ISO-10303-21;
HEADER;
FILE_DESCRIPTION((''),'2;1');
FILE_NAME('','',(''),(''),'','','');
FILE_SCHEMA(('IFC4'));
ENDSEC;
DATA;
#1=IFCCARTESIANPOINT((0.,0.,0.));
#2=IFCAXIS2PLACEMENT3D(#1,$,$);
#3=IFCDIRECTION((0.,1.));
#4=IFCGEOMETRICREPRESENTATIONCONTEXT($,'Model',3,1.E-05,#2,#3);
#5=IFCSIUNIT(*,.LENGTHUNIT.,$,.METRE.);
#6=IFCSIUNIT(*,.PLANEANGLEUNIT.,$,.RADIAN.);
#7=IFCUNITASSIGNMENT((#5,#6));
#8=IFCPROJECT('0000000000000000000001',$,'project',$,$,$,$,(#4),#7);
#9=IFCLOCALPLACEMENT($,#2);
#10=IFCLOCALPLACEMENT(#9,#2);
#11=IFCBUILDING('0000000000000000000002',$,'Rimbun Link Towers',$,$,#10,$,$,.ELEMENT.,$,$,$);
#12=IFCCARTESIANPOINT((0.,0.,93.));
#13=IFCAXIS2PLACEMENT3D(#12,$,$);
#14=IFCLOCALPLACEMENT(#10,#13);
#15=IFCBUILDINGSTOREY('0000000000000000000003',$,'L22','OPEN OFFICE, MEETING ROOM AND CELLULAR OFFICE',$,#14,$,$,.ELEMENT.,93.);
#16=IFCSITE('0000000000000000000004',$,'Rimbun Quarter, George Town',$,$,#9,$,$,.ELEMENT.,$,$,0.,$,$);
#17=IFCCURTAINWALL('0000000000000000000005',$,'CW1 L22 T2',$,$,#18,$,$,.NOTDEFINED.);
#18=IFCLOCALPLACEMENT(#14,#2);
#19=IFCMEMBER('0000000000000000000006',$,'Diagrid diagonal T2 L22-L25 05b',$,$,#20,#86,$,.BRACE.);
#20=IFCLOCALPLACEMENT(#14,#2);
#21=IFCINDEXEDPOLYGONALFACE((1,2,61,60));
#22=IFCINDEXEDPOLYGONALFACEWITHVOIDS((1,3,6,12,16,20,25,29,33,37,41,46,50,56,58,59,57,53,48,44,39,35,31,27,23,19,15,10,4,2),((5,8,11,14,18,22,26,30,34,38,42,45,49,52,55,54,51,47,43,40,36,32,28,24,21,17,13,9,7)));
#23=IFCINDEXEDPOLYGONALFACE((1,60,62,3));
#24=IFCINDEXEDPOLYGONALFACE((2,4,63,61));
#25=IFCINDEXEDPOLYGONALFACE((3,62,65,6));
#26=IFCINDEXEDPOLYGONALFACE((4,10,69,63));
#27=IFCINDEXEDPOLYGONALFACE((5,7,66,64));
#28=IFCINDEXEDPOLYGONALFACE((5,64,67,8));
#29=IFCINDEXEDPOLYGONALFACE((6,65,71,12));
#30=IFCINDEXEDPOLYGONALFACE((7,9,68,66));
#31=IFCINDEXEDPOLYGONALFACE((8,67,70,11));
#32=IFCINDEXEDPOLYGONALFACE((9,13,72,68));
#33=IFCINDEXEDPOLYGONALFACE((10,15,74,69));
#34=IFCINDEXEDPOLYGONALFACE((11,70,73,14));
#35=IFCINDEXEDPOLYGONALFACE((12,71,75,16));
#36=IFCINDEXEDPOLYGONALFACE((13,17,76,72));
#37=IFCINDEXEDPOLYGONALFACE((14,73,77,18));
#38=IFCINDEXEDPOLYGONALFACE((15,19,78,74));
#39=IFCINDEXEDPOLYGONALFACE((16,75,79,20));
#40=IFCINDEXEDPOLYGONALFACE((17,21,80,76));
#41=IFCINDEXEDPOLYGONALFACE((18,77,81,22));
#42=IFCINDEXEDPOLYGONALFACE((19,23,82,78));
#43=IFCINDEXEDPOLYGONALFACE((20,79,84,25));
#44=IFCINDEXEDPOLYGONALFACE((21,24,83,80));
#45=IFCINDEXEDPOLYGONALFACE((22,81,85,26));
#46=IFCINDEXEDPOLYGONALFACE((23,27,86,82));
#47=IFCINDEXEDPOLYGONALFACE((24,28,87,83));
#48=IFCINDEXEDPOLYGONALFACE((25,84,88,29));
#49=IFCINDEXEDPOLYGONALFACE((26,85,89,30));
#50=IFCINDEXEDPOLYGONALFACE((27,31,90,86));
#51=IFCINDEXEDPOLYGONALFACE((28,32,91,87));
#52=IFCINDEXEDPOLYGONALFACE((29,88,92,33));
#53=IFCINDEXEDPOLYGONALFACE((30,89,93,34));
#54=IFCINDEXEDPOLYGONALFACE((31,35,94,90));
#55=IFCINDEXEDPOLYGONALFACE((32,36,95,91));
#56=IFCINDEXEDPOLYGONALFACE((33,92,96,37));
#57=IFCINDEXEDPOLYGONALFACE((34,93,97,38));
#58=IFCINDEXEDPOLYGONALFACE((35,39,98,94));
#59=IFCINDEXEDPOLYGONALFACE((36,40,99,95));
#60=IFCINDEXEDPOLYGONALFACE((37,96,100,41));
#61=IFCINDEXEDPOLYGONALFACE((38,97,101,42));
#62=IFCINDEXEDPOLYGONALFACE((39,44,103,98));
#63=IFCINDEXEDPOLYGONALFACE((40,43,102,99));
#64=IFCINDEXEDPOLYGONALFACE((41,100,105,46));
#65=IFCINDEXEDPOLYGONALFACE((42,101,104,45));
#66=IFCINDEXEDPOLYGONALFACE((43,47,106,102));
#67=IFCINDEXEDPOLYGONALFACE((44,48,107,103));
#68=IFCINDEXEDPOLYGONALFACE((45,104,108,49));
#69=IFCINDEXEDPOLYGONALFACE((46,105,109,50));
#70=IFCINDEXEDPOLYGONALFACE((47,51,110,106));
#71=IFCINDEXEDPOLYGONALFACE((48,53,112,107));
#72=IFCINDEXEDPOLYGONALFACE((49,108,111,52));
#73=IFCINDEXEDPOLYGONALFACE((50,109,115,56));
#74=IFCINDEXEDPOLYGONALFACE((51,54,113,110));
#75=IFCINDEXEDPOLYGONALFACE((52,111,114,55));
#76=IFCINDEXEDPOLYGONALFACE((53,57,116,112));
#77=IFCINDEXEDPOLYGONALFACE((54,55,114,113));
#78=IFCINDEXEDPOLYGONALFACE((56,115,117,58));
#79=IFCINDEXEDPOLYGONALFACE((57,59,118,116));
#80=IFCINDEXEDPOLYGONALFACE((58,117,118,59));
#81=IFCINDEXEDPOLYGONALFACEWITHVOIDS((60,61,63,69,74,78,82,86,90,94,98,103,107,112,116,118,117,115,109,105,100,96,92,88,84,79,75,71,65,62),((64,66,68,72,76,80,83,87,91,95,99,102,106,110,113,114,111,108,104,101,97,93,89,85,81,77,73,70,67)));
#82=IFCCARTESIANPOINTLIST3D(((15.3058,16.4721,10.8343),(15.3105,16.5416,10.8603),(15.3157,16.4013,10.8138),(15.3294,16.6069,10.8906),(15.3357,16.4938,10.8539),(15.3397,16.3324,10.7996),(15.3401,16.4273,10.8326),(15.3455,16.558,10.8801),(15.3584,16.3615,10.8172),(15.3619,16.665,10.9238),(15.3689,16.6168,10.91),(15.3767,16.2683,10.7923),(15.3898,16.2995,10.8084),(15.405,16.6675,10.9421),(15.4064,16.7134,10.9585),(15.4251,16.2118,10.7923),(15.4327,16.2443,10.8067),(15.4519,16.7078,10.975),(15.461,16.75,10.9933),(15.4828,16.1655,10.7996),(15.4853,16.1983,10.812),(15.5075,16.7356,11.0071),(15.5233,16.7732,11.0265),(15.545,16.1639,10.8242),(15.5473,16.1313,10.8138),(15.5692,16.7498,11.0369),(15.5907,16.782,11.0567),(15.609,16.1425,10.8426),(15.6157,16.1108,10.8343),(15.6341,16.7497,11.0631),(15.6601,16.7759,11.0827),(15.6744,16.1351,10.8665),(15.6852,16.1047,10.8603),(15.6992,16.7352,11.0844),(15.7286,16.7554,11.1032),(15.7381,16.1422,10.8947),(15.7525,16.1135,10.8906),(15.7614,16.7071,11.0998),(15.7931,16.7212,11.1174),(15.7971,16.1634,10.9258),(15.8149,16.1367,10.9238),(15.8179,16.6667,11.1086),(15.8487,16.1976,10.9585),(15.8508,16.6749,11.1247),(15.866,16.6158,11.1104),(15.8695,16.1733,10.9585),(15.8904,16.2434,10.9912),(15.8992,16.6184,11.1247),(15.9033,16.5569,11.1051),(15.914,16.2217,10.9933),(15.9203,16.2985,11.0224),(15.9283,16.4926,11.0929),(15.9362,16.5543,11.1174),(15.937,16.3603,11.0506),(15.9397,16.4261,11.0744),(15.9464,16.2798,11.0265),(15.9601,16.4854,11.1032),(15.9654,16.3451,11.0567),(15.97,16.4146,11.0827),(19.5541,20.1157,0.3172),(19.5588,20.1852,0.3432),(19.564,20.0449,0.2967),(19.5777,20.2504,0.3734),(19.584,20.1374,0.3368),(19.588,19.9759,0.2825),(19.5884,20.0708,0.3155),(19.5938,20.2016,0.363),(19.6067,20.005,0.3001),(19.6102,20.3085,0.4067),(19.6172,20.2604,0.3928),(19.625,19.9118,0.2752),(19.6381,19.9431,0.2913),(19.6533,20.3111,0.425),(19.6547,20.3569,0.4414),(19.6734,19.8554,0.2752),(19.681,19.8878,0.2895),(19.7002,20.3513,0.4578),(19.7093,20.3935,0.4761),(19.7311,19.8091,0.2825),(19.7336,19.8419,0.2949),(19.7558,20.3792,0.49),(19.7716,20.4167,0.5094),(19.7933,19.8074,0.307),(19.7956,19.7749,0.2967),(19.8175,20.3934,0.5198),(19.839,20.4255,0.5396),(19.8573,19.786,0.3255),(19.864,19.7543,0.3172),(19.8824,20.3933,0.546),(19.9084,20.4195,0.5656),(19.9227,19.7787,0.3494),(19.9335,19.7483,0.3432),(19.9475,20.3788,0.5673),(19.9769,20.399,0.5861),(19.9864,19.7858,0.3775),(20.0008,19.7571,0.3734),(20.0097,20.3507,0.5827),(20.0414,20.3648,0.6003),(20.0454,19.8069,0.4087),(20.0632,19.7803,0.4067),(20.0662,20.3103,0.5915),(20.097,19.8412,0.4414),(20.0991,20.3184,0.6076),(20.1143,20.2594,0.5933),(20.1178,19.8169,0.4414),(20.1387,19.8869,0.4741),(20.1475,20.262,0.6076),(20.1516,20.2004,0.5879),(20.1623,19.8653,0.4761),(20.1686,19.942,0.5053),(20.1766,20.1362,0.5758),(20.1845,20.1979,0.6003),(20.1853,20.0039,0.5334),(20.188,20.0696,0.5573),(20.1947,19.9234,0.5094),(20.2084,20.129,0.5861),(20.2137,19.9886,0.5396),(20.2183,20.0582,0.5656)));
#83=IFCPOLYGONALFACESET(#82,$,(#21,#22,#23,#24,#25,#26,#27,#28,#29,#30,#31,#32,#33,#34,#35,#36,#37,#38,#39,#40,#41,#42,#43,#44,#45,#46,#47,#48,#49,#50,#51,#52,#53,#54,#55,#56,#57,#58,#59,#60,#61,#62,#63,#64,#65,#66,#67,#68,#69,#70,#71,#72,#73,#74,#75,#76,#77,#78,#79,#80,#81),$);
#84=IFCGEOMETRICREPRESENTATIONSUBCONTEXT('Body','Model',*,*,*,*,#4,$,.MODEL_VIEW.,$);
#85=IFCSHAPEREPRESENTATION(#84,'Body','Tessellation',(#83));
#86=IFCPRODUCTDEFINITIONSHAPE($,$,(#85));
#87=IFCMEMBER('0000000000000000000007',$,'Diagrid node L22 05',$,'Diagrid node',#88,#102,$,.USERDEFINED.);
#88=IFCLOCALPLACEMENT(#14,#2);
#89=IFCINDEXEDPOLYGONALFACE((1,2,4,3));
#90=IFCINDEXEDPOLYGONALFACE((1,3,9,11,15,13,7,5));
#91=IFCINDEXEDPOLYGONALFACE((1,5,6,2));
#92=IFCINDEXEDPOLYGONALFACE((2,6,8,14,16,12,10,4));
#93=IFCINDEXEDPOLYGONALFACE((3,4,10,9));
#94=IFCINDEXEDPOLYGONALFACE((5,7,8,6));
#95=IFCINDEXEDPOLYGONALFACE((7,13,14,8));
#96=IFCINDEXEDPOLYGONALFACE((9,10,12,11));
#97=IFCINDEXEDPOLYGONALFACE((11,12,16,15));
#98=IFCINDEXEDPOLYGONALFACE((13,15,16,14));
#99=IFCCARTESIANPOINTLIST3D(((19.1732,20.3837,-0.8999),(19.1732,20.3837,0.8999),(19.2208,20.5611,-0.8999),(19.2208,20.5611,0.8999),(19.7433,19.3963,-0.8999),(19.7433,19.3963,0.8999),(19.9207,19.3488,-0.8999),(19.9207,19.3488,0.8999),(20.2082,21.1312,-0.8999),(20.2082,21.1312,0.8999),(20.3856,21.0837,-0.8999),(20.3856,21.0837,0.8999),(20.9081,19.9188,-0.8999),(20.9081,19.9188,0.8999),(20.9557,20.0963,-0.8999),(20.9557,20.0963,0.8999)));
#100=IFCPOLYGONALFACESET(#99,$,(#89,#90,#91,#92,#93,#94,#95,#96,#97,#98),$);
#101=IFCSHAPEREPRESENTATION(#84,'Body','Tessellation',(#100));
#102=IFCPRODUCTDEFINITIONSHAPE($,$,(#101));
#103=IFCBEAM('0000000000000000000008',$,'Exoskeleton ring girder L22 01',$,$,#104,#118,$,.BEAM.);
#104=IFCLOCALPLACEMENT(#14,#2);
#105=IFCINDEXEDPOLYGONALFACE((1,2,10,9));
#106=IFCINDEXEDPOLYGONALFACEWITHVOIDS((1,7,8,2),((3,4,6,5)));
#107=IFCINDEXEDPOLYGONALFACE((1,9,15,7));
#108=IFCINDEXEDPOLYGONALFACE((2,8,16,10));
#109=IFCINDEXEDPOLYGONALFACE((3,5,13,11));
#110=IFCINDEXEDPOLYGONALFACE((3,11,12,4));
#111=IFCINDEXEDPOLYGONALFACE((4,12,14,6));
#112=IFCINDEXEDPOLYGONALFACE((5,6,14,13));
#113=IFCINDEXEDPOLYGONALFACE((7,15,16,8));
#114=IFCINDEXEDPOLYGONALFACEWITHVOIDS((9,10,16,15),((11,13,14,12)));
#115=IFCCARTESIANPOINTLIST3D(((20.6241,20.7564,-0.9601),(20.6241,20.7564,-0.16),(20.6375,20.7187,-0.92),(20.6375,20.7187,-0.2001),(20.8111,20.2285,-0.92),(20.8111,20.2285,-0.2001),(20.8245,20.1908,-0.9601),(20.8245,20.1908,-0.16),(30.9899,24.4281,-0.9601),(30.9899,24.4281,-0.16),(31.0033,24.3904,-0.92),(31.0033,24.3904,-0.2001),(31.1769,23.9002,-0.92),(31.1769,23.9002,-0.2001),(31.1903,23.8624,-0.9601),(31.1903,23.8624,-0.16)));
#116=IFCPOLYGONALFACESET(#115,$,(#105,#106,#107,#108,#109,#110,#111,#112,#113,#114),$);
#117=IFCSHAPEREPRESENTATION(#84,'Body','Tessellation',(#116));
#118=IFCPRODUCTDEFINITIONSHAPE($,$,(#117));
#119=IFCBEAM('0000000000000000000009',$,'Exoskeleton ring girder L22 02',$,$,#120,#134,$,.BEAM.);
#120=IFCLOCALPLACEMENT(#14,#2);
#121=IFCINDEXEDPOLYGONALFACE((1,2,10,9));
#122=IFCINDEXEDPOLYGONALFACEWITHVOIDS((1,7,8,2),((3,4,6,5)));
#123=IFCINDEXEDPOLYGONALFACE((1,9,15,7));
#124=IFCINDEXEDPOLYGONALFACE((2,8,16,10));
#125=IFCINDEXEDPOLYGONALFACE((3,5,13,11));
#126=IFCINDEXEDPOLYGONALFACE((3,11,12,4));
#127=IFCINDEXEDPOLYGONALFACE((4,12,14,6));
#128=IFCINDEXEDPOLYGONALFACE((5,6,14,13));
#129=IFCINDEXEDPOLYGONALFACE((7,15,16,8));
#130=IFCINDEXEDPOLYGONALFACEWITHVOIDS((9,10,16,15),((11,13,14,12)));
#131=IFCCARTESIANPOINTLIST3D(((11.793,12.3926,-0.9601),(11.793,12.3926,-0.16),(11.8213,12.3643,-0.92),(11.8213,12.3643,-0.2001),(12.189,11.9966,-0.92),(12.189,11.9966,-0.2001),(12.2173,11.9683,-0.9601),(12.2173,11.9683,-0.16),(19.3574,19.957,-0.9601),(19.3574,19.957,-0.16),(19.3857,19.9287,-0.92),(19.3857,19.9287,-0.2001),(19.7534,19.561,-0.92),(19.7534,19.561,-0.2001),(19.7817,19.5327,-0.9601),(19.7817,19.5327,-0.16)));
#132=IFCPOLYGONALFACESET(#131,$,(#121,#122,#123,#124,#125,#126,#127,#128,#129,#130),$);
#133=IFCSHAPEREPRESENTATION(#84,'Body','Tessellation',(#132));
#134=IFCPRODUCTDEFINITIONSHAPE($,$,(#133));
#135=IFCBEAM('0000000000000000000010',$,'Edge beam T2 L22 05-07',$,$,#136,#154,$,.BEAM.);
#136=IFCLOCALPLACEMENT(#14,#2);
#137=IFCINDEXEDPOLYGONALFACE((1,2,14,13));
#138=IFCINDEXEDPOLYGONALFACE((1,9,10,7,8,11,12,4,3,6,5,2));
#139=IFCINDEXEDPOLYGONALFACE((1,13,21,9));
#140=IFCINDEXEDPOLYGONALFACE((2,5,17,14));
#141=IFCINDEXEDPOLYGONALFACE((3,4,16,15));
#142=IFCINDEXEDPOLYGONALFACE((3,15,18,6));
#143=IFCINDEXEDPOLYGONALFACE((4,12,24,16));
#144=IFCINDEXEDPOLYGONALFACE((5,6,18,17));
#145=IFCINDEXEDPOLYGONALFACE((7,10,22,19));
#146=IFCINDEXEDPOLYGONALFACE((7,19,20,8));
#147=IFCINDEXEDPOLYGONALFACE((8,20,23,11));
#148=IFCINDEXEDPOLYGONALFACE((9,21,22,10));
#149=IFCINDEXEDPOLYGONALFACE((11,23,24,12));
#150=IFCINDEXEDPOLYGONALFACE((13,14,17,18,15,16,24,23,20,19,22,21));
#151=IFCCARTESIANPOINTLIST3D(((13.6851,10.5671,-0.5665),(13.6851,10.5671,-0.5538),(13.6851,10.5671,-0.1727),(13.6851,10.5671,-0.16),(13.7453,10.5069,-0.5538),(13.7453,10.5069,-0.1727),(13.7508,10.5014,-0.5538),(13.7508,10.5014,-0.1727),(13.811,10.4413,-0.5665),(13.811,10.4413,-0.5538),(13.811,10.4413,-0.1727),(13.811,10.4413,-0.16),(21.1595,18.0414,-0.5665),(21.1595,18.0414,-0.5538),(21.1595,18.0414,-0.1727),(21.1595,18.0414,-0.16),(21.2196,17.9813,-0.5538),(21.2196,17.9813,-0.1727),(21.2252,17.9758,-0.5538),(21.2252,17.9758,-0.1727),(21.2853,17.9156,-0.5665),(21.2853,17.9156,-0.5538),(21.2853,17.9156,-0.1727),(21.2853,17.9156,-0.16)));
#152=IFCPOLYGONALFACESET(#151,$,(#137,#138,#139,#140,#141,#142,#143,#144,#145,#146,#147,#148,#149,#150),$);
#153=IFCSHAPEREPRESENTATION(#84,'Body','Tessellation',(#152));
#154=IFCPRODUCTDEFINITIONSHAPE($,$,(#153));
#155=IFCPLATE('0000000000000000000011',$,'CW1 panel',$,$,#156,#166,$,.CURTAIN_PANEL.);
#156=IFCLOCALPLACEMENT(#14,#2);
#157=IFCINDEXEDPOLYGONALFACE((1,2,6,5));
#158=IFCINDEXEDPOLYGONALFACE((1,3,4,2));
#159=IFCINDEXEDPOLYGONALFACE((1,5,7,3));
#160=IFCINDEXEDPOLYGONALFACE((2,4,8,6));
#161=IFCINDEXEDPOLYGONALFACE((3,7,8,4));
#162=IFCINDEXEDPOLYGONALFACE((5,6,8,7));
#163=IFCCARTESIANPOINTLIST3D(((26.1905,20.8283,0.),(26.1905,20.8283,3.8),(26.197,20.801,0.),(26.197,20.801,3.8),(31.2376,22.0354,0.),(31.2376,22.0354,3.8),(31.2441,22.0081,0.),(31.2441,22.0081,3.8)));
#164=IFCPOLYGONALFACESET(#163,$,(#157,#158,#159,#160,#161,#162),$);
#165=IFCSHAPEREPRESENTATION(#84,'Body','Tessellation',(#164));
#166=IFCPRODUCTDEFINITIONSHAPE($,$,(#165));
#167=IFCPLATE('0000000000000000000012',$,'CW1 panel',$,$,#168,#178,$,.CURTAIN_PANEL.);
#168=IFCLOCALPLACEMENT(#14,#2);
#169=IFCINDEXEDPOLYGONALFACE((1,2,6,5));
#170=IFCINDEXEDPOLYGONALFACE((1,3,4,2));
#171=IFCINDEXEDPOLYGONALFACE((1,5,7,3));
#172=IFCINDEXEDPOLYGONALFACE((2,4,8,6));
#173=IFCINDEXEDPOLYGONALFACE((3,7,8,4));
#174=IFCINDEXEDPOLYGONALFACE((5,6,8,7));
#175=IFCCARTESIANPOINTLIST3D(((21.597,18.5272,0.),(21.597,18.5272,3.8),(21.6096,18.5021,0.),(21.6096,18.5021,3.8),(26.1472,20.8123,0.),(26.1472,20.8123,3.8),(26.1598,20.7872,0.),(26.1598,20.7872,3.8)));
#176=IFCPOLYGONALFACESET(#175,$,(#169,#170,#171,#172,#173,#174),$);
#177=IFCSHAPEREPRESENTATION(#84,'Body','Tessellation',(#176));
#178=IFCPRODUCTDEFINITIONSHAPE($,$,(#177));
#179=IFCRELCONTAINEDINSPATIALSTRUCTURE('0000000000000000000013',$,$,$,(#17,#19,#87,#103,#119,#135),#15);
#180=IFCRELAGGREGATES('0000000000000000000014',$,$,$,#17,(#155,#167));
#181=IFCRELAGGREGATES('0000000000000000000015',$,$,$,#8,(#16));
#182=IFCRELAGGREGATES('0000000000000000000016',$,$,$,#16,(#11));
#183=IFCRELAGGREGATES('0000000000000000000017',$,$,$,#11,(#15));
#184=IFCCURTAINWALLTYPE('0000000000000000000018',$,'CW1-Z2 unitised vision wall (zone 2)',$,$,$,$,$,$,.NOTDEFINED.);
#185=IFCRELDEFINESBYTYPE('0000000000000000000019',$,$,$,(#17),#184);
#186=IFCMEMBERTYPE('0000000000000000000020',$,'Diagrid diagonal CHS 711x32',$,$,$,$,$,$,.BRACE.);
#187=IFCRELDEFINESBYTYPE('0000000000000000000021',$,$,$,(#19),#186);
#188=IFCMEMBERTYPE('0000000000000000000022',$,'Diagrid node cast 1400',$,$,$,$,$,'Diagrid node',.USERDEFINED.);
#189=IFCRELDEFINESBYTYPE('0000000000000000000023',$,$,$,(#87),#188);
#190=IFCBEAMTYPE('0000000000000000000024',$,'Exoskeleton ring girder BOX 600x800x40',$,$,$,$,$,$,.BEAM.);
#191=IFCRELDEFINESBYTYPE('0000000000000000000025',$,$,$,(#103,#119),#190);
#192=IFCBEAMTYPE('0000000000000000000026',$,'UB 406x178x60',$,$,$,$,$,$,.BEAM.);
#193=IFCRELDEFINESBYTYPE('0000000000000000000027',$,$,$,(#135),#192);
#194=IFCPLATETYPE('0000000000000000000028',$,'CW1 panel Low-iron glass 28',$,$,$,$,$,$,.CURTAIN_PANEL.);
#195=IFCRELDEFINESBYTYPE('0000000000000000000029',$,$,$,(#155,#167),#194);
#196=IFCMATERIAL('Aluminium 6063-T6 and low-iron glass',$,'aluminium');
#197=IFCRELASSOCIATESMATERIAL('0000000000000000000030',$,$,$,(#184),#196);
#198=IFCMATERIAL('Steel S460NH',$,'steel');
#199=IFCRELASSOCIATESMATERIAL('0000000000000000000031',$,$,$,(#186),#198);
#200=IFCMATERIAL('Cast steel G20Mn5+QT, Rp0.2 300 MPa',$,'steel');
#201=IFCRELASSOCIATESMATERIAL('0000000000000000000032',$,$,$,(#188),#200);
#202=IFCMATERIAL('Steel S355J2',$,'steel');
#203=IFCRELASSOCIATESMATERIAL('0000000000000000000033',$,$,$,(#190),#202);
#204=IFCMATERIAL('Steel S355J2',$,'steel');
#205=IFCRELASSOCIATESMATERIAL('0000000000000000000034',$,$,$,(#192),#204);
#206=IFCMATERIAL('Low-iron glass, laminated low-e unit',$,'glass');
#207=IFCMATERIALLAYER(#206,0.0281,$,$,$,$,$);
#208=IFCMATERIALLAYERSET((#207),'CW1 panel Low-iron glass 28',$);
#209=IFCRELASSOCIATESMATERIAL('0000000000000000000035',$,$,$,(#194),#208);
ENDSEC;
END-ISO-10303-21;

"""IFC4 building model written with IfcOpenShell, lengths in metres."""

from ifc_helpers import new_model, si_unit, direction, frame, origin, origin_2d, place, context, subcontext, project, spatial, polyline, rectangle, hollow_rectangle, hollow_circle, i_section, outline, extrude, material, layer, layer_set, material_profile, profile_set, type_object, element, aggregate, save


model = new_model("IFC4")

# Units and contexts
model_context = context("Model", 3, precision=1e-05, world=origin(), true_north=direction((0.0, 1.0)))
body_context = subcontext(model_context, "Body", "Model", "MODEL_VIEW")
ifc_project = project(units=[si_unit("LENGTHUNIT", "METRE"), si_unit("PLANEANGLEUNIT", "RADIAN")], contexts=[model_context])

# Site, building, storey
site_placement = place(None, origin())
site = spatial("IfcSite", under=ifc_project, at=site_placement, Name="Rimbun Quarter, George Town", CompositionType="ELEMENT", RefElevation=0.0)
building_placement = place(site_placement, origin())
building = spatial("IfcBuilding", under=site, at=building_placement, Name="Rimbun Link Towers", CompositionType="ELEMENT")
storey_placement = place(building_placement, frame((0.0, 0.0, 93.0)))
storey = spatial("IfcBuildingStorey", under=building, at=storey_placement, Name="L22", Description="OPEN OFFICE, MEETING ROOM AND CELLULAR OFFICE", CompositionType="ELEMENT", Elevation=93.0)

# Curtain wall
ifc_material_1 = material(Name="Aluminium 6063-T6 and low-iron glass", Category="aluminium")
curtain_wall_type = type_object("IfcCurtainWallType", Name="CW1-Z2 unitised vision wall (zone 2)", PredefinedType="NOTDEFINED", material=ifc_material_1)
curtain_wall_placement = place(storey_placement, origin())
curtain_wall = element("IfcCurtainWall", 1, at=curtain_wall_placement, inside=storey, type_object=curtain_wall_type, Name="CW1 L22 T2", PredefinedType="NOTDEFINED")

# Members
ifc_material_2 = material(Name="Steel S460NH", Category="steel")
ifc_material_profile_1 = material_profile(ifc_material_2, hollow_circle(Radius=0.3557, WallThickness=0.032, at=origin_2d()), Name="Diagrid diagonal CHS 711x32")
ifc_profile_set_1 = profile_set([ifc_material_profile_1], Name="Steel S460NH")
member_type_1 = type_object("IfcMemberType", Name="Diagrid diagonal CHS 711x32", PredefinedType="BRACE", material=ifc_profile_set_1)
member_1_placement = place(storey_placement, frame((19.8862, 20.0869, 0.4414), z_axis=(-0.356593, -0.305833, 0.882784), x_axis=(0.651014, -0.759066, 0.0)))
element("IfcMember", 2, at=member_1_placement, inside=storey, type_object=member_type_1, Name="Diagrid diagonal T2 L22-L25 05b", PredefinedType="BRACE", context=body_context, shape_type="SweptSolid", body=[
    extrude(hollow_circle(Radius=0.3557, WallThickness=0.032, at=origin_2d()), origin(), (0.0, 0.0, 1.0), 11.9136),
])
ifc_material_3 = material(Name="Cast steel G20Mn5+QT, Rp0.2 300 MPa", Category="steel")
ifc_material_profile_2 = material_profile(ifc_material_3, outline(polyline([(0.7, -0.5701), (0.7, 0.5701), (0.5701, 0.7), (-0.5701, 0.7), (-0.7, 0.5701), (-0.7, -0.5701), (-0.5701, -0.7), (0.5701, -0.7), (0.7, -0.5701)])), Name="NODE 1400x1400")
ifc_profile_set_2 = profile_set([ifc_material_profile_2], Name="Cast steel G20Mn5+QT, Rp0.2 300 MPa")
member_type_2 = type_object("IfcMemberType", Name="Diagrid node cast 1400", ElementType="Diagrid node", PredefinedType="USERDEFINED", material=ifc_profile_set_2)
member_2_placement = place(storey_placement, frame((20.0645, 20.24, -0.8999), z_axis=(0.0, 0.0, 1.0), x_axis=(-0.5, 0.866025, 0.0)))
element("IfcMember", 3, at=member_2_placement, inside=storey, type_object=member_type_2, Name="Diagrid node L22 05", ObjectType="Diagrid node", PredefinedType="USERDEFINED", context=body_context, shape_type="SweptSolid", body=[
    extrude(outline(polyline([(0.7, -0.5701), (0.7, 0.5701), (0.5701, 0.7), (-0.5701, 0.7), (-0.7, 0.5701), (-0.7, -0.5701), (-0.5701, -0.7), (0.5701, -0.7), (0.7, -0.5701)])), origin(), (0.0, 0.0, 1.0), 1.7998),
])

# Beams
ifc_material_4 = material(Name="Steel S355J2", Category="steel")
ifc_material_profile_3 = material_profile(ifc_material_4, hollow_rectangle(XDim=0.6001, YDim=0.8, WallThickness=0.04, at=origin_2d()), Name="Exoskeleton ring girder BOX 600x800x40")
ifc_profile_set_3 = profile_set([ifc_material_profile_3], Name="Steel S355J2")
beam_type_1 = type_object("IfcBeamType", Name="Exoskeleton ring girder BOX 600x800x40", PredefinedType="BEAM", material=ifc_profile_set_3)
beam_1_placement = place(storey_placement, frame((31.0901, 24.1453, -0.5601), z_axis=(-0.942615, -0.333882, 0.0), x_axis=(0.333882, -0.942615, 0.0)))
element("IfcBeam", 4, at=beam_1_placement, inside=storey, type_object=beam_type_1, Name="Exoskeleton ring girder L22 01", PredefinedType="BEAM", context=body_context, shape_type="SweptSolid", body=[
    extrude(hollow_rectangle(XDim=0.6001, YDim=0.8, WallThickness=0.04, at=origin_2d()), origin(), (0.0, 0.0, 1.0), 10.9968),
])
beam_2_placement = place(storey_placement, frame((19.5696, 19.7449, -0.5601), z_axis=(-0.707107, -0.707107, 0.0), x_axis=(0.707107, -0.707107, 0.0)))
element("IfcBeam", 5, at=beam_2_placement, inside=storey, type_object=beam_type_1, Name="Exoskeleton ring girder L22 02", PredefinedType="BEAM", context=body_context, shape_type="SweptSolid", body=[
    extrude(hollow_rectangle(XDim=0.6001, YDim=0.8, WallThickness=0.04, at=origin_2d()), origin(), (0.0, 0.0, 1.0), 10.6978),
])
ifc_material_5 = material(Name="Steel S355J2", Category="steel")
ifc_material_profile_4 = material_profile(ifc_material_5, i_section(OverallWidth=0.178, OverallDepth=0.4065, WebThickness=0.0078, FlangeThickness=0.0127, at=origin_2d()), Name="UB 406x178x60")
ifc_profile_set_4 = profile_set([ifc_material_profile_4], Name="Steel S355J2")
beam_type_2 = type_object("IfcBeamType", Name="UB 406x178x60", PredefinedType="BEAM", material=ifc_profile_set_4)
beam_3_placement = place(storey_placement, frame((21.2224, 17.9785, -0.3633), z_axis=(-0.707107, -0.707107, 0.0), x_axis=(0.707107, -0.707107, 0.0)))
element("IfcBeam", 6, at=beam_3_placement, inside=storey, type_object=beam_type_2, Name="Edge beam T2 L22 05-07", PredefinedType="BEAM", context=body_context, shape_type="SweptSolid", body=[
    extrude(i_section(OverallWidth=0.178, OverallDepth=0.4065, WebThickness=0.0078, FlangeThickness=0.0127, at=origin_2d()), origin(), (0.0, 0.0, 1.0), 10.5703),
])

# Plates
ifc_material_6 = material(Name="Low-iron glass, laminated low-e unit", Category="glass")
ifc_layer_1 = layer(ifc_material_6, 0.0281)
ifc_layer_set_1 = layer_set([ifc_layer_1], Name="CW1 panel Low-iron glass 28")
plate_type = type_object("IfcPlateType", Name="CW1 panel Low-iron glass 28", PredefinedType="CURTAIN_PANEL", material=ifc_layer_set_1)
plate_1_placement = place(storey_placement, frame((28.7173, 21.4182, 0.0), z_axis=(0.0, 0.0, 1.0), x_axis=(0.972572, 0.232601, 0.0)))
plate_1 = element("IfcPlate", 7, at=plate_1_placement, type_object=plate_type, Name="CW1 panel", PredefinedType="CURTAIN_PANEL", context=body_context, shape_type="SweptSolid", body=[
    extrude(rectangle(XDim=5.1895, YDim=0.0281, at=origin_2d()), origin(), (0.0, 0.0, 1.0), 3.8),
])
plate_2_placement = place(storey_placement, frame((23.8784, 19.6572, 0.0), z_axis=(0.0, 0.0, 1.0), x_axis=(0.893641, 0.448782, 0.0)))
plate_2 = element("IfcPlate", 8, at=plate_2_placement, type_object=plate_type, Name="CW1 panel", PredefinedType="CURTAIN_PANEL", context=body_context, shape_type="SweptSolid", body=[
    extrude(rectangle(XDim=5.0918, YDim=0.0281, at=origin_2d()), origin(), (0.0, 0.0, 1.0), 3.8),
])
aggregate(curtain_wall, [plate_1, plate_2])

save(model, "model.ifc")
